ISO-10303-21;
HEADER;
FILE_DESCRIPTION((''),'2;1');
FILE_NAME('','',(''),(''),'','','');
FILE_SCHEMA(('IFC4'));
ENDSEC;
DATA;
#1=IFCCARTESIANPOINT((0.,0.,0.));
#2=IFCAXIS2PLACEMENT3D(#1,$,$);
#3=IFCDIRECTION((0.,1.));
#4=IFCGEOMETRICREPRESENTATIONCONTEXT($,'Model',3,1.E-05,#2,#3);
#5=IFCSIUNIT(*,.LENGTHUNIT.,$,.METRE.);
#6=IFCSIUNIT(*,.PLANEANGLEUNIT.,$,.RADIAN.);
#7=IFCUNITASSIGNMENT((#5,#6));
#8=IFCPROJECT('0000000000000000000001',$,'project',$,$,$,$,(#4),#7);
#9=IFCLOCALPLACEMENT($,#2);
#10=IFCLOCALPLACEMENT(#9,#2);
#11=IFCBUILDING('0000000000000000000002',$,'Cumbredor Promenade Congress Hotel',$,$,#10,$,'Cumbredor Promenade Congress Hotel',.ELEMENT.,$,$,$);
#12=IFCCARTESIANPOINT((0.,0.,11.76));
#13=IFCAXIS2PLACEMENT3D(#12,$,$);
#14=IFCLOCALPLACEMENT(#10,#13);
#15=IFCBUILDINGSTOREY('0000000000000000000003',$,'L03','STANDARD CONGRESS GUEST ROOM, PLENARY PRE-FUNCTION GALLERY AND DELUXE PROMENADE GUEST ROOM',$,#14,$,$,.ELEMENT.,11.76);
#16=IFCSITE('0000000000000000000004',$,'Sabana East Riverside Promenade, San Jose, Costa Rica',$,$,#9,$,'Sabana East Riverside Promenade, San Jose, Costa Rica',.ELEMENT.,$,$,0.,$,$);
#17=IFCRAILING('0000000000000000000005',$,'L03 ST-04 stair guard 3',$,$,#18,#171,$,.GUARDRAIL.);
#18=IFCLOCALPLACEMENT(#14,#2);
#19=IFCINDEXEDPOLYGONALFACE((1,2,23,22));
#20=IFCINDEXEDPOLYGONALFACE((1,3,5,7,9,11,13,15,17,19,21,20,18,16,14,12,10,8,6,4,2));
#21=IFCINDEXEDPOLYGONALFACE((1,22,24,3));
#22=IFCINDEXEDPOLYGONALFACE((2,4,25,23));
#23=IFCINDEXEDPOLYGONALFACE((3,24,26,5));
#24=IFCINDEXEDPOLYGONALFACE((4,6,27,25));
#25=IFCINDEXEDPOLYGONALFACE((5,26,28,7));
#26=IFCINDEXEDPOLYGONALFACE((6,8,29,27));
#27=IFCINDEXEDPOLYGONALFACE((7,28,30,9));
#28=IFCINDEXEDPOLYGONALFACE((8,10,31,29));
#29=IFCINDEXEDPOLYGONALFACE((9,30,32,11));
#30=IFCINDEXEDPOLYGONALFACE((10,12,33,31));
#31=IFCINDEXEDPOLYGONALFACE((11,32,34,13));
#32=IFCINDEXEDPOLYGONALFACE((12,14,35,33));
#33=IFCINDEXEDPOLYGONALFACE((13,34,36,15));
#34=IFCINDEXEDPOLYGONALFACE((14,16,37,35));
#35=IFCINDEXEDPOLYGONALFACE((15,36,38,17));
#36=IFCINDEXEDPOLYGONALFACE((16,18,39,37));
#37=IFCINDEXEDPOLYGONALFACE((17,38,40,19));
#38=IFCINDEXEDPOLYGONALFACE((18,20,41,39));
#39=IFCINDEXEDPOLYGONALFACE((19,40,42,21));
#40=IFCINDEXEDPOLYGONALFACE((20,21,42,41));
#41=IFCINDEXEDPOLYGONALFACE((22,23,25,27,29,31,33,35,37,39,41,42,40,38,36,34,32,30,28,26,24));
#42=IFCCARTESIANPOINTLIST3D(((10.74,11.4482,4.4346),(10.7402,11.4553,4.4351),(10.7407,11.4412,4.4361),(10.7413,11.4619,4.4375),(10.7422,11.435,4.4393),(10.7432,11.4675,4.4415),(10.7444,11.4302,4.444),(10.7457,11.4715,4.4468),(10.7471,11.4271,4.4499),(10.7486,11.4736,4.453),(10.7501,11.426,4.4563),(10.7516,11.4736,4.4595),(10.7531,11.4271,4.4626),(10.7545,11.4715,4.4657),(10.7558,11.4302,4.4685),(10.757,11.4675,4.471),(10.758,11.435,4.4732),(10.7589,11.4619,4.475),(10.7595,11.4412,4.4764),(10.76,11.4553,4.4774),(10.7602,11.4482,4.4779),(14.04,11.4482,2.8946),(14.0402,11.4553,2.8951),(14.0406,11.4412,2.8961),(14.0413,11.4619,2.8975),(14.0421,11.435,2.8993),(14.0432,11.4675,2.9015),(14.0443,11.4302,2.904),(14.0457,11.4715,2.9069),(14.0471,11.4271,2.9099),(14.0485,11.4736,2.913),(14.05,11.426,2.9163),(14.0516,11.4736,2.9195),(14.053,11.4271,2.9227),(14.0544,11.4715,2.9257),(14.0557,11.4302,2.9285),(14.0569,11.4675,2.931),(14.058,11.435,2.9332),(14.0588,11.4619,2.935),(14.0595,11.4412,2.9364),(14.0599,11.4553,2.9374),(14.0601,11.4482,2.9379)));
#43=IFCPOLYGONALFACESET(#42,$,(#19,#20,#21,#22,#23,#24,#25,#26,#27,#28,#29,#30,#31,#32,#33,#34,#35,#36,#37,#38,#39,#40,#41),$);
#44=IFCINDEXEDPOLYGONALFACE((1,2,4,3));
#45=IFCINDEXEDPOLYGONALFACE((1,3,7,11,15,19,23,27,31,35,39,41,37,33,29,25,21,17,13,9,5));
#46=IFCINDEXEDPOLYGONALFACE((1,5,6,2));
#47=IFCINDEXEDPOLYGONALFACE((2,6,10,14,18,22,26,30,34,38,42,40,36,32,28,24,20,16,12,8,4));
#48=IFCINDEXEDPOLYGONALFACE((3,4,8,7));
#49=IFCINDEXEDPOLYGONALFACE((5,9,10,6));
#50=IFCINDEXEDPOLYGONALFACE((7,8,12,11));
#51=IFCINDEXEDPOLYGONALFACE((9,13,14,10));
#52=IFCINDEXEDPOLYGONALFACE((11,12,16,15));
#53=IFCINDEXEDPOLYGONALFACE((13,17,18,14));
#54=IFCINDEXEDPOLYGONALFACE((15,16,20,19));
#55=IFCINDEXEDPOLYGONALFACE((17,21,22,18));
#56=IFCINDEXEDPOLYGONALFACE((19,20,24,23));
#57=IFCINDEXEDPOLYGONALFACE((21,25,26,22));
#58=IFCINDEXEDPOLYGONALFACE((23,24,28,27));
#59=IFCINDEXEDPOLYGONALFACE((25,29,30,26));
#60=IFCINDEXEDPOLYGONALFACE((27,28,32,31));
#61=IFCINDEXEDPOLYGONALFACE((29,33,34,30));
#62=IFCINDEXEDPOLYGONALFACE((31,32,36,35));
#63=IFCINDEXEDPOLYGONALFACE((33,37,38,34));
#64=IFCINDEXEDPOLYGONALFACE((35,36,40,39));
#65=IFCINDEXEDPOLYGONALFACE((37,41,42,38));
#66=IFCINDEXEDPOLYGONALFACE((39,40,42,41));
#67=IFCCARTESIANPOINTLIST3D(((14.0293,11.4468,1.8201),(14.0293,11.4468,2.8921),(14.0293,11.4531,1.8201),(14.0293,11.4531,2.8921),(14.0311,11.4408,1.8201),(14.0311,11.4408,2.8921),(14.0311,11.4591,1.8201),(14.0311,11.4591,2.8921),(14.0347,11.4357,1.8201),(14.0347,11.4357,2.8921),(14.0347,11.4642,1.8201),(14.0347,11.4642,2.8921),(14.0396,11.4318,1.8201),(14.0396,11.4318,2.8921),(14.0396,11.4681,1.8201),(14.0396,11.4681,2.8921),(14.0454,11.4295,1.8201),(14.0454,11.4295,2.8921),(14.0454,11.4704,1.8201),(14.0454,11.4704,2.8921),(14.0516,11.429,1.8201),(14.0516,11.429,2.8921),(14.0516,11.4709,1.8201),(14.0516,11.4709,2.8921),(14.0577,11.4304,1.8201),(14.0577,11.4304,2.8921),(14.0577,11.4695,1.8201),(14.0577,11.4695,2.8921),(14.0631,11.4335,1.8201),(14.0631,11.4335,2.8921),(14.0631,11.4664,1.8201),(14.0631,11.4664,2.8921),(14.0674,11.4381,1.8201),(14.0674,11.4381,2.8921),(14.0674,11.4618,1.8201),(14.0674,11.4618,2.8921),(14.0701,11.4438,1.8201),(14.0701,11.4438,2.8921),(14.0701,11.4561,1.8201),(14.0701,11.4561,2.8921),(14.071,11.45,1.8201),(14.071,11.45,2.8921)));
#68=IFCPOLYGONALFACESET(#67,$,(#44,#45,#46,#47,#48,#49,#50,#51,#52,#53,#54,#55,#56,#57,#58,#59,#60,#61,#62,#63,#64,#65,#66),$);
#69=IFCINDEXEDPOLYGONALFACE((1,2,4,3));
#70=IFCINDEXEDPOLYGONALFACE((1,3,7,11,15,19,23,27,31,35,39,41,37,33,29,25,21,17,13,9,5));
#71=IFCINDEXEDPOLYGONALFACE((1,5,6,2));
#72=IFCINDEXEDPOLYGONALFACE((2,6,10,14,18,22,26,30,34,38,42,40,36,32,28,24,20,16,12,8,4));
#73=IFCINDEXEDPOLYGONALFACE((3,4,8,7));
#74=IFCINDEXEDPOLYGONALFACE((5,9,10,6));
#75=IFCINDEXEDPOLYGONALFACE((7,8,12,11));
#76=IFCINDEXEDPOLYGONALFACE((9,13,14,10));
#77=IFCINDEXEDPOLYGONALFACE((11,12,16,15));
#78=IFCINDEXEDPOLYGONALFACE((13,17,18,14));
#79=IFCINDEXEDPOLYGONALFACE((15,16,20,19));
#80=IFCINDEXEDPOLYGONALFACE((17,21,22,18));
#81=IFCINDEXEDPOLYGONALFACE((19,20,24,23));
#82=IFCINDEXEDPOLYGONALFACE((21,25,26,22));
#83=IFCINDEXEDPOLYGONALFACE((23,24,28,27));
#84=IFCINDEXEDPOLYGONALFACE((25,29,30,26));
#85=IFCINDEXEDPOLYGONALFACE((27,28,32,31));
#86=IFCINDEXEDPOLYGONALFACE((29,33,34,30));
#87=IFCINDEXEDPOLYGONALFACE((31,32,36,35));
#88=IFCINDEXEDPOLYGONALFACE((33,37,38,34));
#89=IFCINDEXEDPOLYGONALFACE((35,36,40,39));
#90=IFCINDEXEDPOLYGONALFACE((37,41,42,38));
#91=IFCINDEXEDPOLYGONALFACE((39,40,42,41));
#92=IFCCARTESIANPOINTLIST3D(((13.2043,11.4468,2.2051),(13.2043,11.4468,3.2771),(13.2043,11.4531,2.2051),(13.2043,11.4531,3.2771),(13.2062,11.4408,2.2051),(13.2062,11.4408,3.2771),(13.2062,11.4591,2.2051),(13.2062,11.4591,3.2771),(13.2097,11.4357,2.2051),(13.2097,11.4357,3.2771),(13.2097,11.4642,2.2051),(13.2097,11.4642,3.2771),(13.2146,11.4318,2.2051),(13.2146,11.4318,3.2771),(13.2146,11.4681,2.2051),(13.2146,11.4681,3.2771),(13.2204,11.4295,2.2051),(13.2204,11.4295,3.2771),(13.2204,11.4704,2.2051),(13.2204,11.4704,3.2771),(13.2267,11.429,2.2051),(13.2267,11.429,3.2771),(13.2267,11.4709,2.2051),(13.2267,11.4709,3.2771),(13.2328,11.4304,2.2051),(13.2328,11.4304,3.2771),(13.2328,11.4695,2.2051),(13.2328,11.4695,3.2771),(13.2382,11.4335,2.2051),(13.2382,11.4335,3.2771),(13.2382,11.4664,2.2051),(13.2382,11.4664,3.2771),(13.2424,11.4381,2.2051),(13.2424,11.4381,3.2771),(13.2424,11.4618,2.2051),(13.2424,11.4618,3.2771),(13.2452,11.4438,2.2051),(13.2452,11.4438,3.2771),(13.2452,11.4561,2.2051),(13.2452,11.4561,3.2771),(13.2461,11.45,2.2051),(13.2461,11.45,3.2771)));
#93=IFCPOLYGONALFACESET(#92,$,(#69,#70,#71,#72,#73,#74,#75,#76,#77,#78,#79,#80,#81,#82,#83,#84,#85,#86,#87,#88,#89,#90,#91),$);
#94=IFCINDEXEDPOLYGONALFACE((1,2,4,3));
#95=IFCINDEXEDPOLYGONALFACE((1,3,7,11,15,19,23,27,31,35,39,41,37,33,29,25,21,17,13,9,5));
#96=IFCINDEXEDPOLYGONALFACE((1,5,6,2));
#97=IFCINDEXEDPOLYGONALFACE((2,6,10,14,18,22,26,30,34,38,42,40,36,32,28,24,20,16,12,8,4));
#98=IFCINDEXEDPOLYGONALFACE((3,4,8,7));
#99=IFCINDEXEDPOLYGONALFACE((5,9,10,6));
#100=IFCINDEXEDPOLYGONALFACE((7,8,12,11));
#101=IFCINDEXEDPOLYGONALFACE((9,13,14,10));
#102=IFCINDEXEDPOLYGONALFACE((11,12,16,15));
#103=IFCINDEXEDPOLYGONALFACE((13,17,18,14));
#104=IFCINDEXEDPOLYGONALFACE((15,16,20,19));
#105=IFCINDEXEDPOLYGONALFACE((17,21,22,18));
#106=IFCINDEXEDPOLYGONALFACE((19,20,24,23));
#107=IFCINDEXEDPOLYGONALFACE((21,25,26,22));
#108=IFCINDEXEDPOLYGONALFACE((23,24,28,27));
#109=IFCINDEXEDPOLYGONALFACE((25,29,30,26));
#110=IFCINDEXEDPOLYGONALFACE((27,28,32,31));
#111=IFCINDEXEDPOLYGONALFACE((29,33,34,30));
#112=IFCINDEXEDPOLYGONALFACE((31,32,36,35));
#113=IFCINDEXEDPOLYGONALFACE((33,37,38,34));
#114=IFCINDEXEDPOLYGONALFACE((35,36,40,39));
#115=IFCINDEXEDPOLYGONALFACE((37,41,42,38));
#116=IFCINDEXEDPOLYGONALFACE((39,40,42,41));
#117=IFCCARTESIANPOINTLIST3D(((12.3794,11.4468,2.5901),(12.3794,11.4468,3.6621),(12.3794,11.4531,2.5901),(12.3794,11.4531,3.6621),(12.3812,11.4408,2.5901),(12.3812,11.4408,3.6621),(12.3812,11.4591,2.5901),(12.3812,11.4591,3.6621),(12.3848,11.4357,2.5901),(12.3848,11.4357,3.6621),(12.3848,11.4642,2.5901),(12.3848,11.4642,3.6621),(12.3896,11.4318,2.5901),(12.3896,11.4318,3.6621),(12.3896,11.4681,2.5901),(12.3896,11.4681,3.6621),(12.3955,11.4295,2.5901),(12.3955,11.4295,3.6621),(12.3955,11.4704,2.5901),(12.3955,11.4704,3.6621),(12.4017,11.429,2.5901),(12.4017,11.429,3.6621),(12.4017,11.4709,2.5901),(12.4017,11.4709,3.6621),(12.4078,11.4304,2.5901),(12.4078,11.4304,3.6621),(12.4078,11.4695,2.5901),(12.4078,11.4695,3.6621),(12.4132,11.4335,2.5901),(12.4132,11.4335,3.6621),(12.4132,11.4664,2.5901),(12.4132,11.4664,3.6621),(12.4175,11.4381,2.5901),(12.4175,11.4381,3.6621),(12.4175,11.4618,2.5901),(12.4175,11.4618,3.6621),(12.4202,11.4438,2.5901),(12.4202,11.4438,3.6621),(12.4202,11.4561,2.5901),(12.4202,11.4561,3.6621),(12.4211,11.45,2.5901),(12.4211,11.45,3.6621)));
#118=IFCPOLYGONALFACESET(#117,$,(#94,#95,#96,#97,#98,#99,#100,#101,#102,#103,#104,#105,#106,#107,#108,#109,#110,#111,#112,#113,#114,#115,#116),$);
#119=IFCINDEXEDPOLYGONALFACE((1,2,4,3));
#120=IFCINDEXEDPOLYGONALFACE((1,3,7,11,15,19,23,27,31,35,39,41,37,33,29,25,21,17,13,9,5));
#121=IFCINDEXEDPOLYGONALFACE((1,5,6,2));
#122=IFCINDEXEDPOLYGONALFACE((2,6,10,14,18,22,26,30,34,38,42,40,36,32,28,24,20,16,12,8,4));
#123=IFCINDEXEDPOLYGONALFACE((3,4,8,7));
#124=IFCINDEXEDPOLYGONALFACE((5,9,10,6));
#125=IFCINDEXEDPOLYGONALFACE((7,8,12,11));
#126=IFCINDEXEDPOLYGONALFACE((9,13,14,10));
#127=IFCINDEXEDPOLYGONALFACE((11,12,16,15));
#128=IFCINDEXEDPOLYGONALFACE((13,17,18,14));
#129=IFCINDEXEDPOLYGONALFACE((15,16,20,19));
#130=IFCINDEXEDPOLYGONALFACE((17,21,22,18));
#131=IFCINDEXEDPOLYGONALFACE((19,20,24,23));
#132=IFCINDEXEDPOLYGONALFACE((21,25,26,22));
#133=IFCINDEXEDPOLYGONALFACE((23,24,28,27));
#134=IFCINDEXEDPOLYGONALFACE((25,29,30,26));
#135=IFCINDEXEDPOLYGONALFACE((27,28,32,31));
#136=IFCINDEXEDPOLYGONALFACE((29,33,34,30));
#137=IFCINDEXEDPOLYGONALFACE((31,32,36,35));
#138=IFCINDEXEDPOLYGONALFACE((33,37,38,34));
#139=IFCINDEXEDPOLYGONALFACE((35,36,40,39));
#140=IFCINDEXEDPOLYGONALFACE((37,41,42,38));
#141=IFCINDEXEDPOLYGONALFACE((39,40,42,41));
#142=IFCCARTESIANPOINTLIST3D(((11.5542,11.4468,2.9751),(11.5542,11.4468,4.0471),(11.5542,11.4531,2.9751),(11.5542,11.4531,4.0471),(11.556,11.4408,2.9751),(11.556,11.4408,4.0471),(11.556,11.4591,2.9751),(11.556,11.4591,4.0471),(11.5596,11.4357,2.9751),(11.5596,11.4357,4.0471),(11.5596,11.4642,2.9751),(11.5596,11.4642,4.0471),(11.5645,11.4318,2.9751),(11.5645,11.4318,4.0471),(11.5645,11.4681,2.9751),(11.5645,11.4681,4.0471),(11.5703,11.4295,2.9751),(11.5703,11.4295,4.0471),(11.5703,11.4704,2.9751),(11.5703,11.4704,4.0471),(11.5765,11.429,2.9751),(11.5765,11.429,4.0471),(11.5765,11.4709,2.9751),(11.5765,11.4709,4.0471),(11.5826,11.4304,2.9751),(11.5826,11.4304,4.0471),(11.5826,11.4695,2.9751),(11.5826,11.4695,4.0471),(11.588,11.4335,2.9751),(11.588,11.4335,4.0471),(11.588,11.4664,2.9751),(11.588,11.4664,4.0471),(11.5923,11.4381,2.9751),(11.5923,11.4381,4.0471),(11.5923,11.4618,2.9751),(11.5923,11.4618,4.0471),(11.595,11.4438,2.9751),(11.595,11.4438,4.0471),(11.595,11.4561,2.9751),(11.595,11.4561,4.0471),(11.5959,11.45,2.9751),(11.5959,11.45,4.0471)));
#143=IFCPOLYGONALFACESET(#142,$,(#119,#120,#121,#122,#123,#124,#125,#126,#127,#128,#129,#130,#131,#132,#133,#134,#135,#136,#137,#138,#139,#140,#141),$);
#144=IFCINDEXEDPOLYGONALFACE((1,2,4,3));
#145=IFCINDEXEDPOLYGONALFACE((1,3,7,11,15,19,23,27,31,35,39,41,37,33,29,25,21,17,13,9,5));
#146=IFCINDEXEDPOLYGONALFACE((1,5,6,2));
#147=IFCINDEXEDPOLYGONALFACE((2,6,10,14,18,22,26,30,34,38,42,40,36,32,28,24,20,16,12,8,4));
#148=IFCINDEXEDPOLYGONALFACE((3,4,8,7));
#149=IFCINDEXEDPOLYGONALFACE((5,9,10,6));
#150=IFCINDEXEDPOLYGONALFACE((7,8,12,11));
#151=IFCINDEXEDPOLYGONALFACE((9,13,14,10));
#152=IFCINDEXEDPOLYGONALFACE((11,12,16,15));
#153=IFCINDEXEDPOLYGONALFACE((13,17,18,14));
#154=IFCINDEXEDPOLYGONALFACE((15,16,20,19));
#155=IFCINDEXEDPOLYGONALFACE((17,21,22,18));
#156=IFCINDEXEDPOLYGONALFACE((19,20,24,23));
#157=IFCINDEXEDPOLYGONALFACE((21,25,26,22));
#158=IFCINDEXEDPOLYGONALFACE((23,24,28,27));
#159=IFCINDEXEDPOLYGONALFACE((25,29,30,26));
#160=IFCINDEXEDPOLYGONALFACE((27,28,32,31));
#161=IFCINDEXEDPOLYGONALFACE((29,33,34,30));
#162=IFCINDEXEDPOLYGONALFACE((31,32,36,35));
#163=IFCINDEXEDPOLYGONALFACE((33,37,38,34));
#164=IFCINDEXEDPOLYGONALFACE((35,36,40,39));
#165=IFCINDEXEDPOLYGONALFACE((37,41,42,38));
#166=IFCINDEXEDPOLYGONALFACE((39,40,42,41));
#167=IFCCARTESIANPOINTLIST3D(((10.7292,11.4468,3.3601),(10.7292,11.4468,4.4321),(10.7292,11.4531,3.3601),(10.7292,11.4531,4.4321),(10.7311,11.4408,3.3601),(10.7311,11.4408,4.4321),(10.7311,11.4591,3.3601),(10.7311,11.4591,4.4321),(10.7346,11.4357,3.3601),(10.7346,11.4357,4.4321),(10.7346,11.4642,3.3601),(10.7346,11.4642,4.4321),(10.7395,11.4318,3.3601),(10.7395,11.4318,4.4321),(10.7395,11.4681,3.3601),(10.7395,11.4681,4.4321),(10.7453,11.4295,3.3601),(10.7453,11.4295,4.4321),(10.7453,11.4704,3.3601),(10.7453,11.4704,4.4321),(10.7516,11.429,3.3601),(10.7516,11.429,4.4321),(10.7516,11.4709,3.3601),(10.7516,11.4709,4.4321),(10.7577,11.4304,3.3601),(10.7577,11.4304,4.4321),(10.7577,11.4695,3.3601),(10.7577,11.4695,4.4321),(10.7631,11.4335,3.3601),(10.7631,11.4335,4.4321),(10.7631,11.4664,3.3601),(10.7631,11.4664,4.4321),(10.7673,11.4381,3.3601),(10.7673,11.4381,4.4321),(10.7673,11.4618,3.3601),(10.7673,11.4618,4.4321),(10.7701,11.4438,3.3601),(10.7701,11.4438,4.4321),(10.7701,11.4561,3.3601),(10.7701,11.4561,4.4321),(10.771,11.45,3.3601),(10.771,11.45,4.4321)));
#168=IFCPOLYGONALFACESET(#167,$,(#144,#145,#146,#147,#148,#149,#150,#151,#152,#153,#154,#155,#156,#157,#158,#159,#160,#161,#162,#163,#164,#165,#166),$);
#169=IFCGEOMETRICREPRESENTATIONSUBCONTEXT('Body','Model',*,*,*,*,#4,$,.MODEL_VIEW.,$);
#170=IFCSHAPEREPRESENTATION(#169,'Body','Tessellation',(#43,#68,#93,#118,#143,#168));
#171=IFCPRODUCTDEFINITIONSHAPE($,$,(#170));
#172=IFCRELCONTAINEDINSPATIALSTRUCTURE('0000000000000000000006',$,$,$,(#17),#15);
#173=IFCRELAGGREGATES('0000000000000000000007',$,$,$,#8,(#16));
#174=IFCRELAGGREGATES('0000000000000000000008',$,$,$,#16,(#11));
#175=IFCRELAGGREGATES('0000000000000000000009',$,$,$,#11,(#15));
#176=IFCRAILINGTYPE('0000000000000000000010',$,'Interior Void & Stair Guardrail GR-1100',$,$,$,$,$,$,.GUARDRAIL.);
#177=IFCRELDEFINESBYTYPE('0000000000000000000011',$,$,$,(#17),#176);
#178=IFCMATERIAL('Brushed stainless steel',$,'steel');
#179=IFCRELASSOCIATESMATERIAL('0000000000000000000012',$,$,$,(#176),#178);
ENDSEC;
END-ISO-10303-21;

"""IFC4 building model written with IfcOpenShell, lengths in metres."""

from ifc_helpers import new_model, si_unit, direction, frame, origin, origin_2d, place, context, subcontext, project, spatial, circle, extrude, material, type_object, element, save


model = new_model("IFC4")

# Units and contexts
model_context = context("Model", 3, precision=1e-05, world=origin(), true_north=direction((0.0, 1.0)))
body_context = subcontext(model_context, "Body", "Model", "MODEL_VIEW")
ifc_project = project(units=[si_unit("LENGTHUNIT", "METRE"), si_unit("PLANEANGLEUNIT", "RADIAN")], contexts=[model_context])

# Site, building, storey
site_placement = place(None, origin())
site = spatial("IfcSite", under=ifc_project, at=site_placement, Name="Sabana East Riverside Promenade, San Jose, Costa Rica", LongName="Sabana East Riverside Promenade, San Jose, Costa Rica", CompositionType="ELEMENT", RefElevation=0.0)
building_placement = place(site_placement, origin())
building = spatial("IfcBuilding", under=site, at=building_placement, Name="Cumbredor Promenade Congress Hotel", LongName="Cumbredor Promenade Congress Hotel", CompositionType="ELEMENT")
storey_placement = place(building_placement, frame((0.0, 0.0, 11.76)))
storey = spatial("IfcBuildingStorey", under=building, at=storey_placement, Name="L03", Description="STANDARD CONGRESS GUEST ROOM, PLENARY PRE-FUNCTION GALLERY AND DELUXE PROMENADE GUEST ROOM", CompositionType="ELEMENT", Elevation=11.76)

# Railing
ifc_material_1 = material(Name="Brushed stainless steel", Category="steel")
railing_type_1 = type_object("IfcRailingType", Name="Interior Void & Stair Guardrail GR-1100", PredefinedType="GUARDRAIL", material=ifc_material_1)
railing_1_placement = place(storey_placement, frame((14.05, 11.45, 1.8201)))
element("IfcRailing", 1, at=railing_1_placement, inside=storey, type_object=railing_type_1, Name="L03 ST-04 stair guard 3", PredefinedType="GUARDRAIL", context=body_context, shape_type="SweptSolid", body=[
    extrude(circle(Radius=0.0239, at=origin_2d()), frame((0.0, 0.0, 1.0962), z_axis=(-0.906181, 0.0, 0.422889), x_axis=(0.0, -1.0, 0.0)), (0.0, 0.0, 1.0), 3.6416),
    extrude(circle(Radius=0.021, at=origin_2d()), origin(), (0.0, 0.0, 1.0), 1.072),
    extrude(circle(Radius=0.021, at=origin_2d()), frame((-0.825, 0.0, 0.385)), (0.0, 0.0, 1.0), 1.072),
    extrude(circle(Radius=0.021, at=origin_2d()), frame((-1.6499, 0.0, 0.77)), (0.0, 0.0, 1.0), 1.072),
    extrude(circle(Radius=0.021, at=origin_2d()), frame((-2.4751, 0.0, 1.155)), (0.0, 0.0, 1.0), 1.072),
    extrude(circle(Radius=0.021, at=origin_2d()), frame((-3.3, 0.0, 1.54)), (0.0, 0.0, 1.0), 1.072),
])

save(model, "model.ifc")
